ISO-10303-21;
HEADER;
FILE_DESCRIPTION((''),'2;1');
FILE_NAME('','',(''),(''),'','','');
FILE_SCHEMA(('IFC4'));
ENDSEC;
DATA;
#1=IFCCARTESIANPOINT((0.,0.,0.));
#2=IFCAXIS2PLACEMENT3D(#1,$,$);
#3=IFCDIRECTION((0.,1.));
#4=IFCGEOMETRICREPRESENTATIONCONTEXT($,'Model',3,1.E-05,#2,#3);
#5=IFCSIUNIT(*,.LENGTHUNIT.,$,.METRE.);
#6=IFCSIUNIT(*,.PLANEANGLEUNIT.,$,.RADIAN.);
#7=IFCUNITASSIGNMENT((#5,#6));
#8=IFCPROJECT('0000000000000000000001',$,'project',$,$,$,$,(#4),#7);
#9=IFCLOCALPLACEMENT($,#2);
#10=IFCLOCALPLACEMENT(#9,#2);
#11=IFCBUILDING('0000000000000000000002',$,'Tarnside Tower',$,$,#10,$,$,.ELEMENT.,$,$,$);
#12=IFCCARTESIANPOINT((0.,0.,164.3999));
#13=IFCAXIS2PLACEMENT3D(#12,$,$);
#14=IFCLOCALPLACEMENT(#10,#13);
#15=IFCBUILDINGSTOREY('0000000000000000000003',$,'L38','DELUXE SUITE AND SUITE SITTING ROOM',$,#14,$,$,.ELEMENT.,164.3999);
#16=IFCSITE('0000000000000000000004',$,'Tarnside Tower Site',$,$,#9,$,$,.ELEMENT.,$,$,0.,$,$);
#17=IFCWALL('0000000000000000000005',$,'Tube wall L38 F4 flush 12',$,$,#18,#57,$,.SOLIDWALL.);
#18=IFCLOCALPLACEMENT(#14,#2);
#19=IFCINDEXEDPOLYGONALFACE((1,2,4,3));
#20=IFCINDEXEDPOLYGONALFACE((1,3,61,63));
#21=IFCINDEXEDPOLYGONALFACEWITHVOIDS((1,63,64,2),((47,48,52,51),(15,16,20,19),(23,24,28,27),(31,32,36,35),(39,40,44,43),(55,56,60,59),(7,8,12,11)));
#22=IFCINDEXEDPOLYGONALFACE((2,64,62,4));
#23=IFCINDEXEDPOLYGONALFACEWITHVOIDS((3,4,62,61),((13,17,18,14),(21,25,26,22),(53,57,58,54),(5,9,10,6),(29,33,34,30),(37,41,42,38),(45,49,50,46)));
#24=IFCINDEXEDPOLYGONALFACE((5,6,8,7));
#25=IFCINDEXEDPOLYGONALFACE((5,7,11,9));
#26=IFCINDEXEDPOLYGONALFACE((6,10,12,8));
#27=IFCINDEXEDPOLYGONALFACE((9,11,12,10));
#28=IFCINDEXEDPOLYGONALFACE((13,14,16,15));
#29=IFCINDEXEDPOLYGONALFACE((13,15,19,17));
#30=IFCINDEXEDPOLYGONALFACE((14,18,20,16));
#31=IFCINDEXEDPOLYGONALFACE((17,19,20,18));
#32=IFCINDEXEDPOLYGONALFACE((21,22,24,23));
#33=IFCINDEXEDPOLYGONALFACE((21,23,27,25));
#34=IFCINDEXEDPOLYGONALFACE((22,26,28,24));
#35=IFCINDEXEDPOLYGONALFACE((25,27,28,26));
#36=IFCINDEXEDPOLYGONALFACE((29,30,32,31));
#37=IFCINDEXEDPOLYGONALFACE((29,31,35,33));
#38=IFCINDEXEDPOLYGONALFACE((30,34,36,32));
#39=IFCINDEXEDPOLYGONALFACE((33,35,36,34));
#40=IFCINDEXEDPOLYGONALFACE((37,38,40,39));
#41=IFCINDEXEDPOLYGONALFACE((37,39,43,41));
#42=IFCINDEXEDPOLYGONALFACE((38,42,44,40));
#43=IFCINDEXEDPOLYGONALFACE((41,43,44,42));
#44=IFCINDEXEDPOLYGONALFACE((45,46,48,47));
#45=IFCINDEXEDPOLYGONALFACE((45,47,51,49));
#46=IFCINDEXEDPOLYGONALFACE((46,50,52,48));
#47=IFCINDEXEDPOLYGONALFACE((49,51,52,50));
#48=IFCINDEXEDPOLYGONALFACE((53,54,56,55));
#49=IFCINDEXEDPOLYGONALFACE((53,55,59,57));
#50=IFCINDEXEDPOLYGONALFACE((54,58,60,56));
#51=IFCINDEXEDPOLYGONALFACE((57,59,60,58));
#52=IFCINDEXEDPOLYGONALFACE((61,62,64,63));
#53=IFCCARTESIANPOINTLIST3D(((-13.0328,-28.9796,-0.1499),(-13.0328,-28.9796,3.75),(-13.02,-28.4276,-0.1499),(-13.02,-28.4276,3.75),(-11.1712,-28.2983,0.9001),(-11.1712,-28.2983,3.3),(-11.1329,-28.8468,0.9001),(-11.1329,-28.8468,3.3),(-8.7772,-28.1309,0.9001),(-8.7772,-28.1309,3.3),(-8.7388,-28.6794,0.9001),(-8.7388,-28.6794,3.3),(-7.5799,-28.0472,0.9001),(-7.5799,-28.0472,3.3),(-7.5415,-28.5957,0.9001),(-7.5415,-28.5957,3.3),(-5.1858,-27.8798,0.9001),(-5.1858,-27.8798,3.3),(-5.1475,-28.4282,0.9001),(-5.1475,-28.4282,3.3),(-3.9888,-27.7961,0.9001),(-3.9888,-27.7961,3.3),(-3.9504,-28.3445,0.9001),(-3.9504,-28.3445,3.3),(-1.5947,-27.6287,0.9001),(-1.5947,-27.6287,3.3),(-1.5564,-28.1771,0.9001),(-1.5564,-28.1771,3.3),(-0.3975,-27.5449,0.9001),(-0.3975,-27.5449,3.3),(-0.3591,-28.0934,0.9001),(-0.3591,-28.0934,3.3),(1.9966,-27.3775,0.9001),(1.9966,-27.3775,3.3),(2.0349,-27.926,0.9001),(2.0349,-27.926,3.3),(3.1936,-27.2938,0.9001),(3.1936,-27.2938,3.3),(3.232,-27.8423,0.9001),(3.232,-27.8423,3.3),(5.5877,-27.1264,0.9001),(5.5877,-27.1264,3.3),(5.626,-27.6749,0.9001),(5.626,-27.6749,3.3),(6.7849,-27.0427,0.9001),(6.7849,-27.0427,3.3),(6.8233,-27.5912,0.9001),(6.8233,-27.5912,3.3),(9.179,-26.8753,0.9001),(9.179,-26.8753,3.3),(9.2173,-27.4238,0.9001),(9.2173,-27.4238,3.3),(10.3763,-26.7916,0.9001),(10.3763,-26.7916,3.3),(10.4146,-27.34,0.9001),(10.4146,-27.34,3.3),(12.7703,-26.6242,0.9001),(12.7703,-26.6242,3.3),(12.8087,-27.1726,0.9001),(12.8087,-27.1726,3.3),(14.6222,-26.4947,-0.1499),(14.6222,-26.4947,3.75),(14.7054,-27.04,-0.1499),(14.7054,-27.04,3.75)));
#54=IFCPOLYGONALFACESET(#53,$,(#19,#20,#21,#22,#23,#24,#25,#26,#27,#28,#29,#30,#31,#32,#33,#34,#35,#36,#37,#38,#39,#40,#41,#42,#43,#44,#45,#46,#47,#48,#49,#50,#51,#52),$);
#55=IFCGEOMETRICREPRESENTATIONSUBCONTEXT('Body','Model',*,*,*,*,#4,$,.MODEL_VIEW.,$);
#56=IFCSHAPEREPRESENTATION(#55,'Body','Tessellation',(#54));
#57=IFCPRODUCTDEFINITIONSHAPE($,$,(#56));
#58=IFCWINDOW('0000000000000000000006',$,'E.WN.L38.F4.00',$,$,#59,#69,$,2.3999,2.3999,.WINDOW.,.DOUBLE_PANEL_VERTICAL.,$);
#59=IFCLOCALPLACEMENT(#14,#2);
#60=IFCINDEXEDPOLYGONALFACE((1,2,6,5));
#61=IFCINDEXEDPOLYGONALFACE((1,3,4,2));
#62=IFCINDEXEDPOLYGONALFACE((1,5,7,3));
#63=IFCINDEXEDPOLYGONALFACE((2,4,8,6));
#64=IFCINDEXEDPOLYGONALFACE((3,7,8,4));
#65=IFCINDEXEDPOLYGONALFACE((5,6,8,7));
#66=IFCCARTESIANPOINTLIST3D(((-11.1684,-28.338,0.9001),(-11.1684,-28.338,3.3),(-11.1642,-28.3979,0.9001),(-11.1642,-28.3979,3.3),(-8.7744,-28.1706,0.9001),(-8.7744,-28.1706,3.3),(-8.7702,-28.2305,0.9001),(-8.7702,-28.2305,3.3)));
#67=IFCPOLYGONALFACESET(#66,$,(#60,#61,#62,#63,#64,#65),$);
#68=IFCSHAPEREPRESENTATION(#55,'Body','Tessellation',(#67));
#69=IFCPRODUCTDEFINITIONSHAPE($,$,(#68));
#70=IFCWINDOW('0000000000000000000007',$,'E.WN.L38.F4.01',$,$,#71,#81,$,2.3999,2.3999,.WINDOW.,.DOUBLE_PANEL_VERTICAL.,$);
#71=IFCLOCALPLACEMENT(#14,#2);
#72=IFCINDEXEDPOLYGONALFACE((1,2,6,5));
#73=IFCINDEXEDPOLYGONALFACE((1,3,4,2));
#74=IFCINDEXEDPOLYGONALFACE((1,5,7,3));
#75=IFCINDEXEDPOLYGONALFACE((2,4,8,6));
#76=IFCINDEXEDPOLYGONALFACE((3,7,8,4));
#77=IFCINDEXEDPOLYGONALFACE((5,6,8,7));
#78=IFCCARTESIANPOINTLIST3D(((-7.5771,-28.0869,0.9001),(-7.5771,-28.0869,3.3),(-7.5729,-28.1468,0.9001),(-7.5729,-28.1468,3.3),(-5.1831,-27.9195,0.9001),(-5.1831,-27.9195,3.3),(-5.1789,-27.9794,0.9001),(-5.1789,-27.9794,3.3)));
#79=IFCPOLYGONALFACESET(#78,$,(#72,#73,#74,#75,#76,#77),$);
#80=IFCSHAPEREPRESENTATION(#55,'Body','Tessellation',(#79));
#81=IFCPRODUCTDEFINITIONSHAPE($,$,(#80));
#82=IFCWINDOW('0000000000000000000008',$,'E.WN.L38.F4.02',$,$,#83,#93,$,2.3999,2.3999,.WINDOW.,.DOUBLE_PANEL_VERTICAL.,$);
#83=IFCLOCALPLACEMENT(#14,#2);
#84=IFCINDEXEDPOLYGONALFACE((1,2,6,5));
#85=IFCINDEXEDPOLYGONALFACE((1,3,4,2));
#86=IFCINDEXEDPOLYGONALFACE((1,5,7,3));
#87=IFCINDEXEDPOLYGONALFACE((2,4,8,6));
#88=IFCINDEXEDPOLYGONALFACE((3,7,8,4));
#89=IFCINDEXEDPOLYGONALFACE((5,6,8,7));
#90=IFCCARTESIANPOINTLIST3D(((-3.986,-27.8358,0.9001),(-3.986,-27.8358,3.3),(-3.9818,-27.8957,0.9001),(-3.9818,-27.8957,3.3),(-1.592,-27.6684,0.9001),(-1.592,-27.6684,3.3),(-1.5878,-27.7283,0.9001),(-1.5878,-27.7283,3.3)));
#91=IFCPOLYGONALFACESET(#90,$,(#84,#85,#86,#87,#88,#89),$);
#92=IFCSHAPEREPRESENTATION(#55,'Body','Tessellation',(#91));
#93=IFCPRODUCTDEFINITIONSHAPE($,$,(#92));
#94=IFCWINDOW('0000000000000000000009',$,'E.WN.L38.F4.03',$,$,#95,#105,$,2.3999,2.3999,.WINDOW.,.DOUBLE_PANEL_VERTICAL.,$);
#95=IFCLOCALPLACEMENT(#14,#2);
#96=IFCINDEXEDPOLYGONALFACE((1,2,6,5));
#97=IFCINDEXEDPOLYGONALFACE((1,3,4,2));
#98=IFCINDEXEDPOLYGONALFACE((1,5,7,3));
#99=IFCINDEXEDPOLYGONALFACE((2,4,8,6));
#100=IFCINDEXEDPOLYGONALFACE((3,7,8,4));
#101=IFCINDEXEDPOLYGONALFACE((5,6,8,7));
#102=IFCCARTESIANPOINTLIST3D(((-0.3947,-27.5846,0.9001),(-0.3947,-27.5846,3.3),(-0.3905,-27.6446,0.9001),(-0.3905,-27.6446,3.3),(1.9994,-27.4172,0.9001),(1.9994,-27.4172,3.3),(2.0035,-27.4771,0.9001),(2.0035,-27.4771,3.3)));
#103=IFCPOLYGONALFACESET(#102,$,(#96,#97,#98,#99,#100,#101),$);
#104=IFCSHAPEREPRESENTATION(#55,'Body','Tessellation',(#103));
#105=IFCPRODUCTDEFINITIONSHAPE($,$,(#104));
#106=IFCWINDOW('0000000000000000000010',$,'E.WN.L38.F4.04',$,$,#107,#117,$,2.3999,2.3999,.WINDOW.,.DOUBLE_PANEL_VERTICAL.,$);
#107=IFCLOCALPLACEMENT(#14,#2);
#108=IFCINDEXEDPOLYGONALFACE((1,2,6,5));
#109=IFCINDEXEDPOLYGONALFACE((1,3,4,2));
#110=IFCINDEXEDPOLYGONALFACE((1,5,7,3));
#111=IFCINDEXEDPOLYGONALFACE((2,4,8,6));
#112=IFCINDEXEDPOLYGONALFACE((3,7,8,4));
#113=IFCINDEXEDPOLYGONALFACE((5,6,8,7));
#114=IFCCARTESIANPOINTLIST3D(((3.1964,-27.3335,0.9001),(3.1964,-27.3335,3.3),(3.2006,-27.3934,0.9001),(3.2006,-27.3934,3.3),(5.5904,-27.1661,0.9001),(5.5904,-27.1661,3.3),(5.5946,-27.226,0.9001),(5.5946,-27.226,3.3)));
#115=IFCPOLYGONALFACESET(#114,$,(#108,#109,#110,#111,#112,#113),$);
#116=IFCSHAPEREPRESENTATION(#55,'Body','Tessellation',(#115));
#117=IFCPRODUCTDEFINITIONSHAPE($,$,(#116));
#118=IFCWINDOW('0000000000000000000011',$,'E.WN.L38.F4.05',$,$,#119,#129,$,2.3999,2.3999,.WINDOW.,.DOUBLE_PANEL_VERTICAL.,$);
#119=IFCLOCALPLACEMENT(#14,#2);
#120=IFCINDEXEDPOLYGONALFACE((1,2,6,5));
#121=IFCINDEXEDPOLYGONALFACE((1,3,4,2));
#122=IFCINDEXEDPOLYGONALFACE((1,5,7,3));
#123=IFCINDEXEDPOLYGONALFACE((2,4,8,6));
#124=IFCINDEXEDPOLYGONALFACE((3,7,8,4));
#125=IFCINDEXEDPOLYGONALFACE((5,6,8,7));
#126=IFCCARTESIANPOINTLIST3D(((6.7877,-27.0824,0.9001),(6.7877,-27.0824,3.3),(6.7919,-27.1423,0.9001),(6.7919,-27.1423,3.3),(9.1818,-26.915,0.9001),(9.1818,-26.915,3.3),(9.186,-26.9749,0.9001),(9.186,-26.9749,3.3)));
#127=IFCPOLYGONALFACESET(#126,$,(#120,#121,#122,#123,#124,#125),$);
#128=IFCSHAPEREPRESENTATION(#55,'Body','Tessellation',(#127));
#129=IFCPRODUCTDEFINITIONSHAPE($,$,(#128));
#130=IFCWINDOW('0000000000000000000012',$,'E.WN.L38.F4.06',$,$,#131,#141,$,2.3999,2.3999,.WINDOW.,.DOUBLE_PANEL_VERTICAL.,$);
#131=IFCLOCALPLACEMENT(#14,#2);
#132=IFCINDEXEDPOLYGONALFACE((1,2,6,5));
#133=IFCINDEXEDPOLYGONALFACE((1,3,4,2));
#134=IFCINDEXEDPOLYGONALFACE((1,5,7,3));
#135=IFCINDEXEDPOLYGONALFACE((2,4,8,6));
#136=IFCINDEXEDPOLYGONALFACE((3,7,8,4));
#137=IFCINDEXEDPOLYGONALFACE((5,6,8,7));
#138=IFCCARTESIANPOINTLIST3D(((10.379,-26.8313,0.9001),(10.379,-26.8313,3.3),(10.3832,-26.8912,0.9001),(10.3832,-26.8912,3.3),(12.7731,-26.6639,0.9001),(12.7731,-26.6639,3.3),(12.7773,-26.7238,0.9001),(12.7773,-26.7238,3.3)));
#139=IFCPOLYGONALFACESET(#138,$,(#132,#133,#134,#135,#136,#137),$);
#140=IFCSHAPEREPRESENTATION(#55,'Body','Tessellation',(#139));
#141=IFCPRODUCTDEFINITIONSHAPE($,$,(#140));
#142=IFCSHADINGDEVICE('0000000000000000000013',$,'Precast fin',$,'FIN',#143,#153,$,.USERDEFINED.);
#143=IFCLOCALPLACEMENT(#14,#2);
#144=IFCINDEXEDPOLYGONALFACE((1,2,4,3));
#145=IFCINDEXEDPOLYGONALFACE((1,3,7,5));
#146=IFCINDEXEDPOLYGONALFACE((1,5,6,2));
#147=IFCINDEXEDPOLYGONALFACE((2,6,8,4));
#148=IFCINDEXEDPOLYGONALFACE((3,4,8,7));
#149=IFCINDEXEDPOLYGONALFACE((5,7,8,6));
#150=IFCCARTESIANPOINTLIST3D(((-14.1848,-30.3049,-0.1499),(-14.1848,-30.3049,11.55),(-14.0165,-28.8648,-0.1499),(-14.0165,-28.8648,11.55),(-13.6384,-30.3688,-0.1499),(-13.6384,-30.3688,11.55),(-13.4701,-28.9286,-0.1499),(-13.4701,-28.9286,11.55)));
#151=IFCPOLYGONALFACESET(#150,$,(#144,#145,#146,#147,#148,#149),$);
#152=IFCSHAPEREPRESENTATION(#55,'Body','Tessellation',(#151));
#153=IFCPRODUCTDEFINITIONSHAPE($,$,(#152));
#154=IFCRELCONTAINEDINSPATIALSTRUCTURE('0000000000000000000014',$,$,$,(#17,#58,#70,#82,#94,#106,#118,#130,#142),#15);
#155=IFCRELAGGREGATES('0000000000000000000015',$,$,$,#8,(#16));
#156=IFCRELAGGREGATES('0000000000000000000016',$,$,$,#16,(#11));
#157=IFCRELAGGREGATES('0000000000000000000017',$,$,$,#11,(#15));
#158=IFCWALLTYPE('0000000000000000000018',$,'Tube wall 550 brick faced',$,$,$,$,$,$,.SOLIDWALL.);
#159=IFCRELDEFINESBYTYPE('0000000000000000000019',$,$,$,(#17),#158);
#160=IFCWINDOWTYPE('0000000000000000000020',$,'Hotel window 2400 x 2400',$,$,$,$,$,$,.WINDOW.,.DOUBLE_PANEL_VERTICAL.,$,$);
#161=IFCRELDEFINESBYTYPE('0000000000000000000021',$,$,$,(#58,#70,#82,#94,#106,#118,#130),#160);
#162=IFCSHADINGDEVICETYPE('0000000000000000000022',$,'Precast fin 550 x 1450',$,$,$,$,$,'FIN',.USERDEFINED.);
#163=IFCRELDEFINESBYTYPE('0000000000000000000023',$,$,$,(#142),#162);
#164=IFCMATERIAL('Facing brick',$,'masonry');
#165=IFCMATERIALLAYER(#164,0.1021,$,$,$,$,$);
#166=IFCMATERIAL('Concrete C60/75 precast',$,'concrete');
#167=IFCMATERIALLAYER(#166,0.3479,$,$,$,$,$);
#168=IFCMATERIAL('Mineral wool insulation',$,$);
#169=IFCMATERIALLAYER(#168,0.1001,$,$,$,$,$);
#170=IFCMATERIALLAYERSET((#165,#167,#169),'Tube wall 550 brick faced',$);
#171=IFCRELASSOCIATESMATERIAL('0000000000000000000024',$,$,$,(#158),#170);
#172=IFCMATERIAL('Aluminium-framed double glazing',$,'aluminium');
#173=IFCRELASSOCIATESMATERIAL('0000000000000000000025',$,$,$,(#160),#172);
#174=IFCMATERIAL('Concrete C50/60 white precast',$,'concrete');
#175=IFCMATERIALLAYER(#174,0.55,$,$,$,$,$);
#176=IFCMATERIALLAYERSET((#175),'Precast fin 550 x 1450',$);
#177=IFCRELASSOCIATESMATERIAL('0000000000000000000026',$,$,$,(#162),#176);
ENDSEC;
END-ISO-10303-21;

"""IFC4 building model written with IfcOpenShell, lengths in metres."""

from ifc_helpers import new_model, si_unit, direction, frame, frame_2d, origin, place, context, subcontext, project, spatial, polyline, rectangle, outline, extrude, material, layer, layer_set, type_object, element, fill, save


model = new_model("IFC4")

# Units and contexts
model_context = context("Model", 3, precision=1e-05, world=origin(), true_north=direction((0.0, 1.0)))
body_context = subcontext(model_context, "Body", "Model", "MODEL_VIEW")
ifc_project = project(units=[si_unit("LENGTHUNIT", "METRE"), si_unit("PLANEANGLEUNIT", "RADIAN")], contexts=[model_context])

# Site, building, storey
site_placement = place(None, origin())
site = spatial("IfcSite", under=ifc_project, at=site_placement, Name="Tarnside Tower Site", CompositionType="ELEMENT", RefElevation=0.0)
building_placement = place(site_placement, origin())
building = spatial("IfcBuilding", under=site, at=building_placement, Name="Tarnside Tower", CompositionType="ELEMENT")
storey_placement = place(building_placement, frame((0.0, 0.0, 164.3999)))
storey = spatial("IfcBuildingStorey", under=building, at=storey_placement, Name="L38", Description="DELUXE SUITE AND SUITE SITTING ROOM", CompositionType="ELEMENT", Elevation=164.3999)

# Shared definitions
ifc_material_1 = material(Name="Facing brick", Category="masonry")
ifc_layer_1 = layer(ifc_material_1, 0.1021)
ifc_material_2 = material(Name="Concrete C60/75 precast", Category="concrete")
ifc_layer_2 = layer(ifc_material_2, 0.3479)
ifc_material_3 = material(Name="Mineral wool insulation")
ifc_layer_3 = layer(ifc_material_3, 0.1001)
ifc_layer_set_1 = layer_set([ifc_layer_1, ifc_layer_2, ifc_layer_3], Name="Tube wall 550 brick faced")
wall_type_1 = type_object("IfcWallType", Name="Tube wall 550 brick faced", PredefinedType="SOLIDWALL", material=ifc_layer_set_1)

# Wall, openings, windows
wall_1_placement = place(storey_placement, frame((-13.0264, -28.7036, -0.1499), z_axis=(0.0, 0.0, 1.0), x_axis=(0.997564, 0.069756, 0.0)))
wall_1 = element("IfcWall", 1, at=wall_1_placement, inside=storey, type_object=wall_type_1, Name="Tube wall L38 F4 flush 12", PredefinedType="SOLIDWALL", context=body_context, shape_type="SweptSolid", body=[
    extrude(outline(polyline([(-0.0256, -0.2749), (27.7803, -0.2749), (27.7354, 0.2749), (0.0256, 0.2749), (-0.0256, -0.2749)])), origin(), (0.0, 0.0, 1.0), 3.8999),
])
opening_1_placement = place(wall_1_placement, frame((1.8789, 0.0, 1.05)))
opening_1 = element("IfcOpeningElement", 2, at=opening_1_placement, cuts=wall_1, PredefinedType="OPENING", context=body_context, shape_type="SweptSolid", body=[
    extrude(rectangle(XDim=2.3999, YDim=2.3999, at=frame_2d((1.2, 1.2))), frame((0.0, 0.2852, 0.0), z_axis=(0.0, -1.0, 0.0), x_axis=(1.0, 0.0, 0.0)), (0.0, 0.0, 1.0), 0.5701),
])
opening_2_placement = place(wall_1_placement, frame((5.479, 0.0, 1.05)))
opening_2 = element("IfcOpeningElement", 3, at=opening_2_placement, cuts=wall_1, PredefinedType="OPENING", context=body_context, shape_type="SweptSolid", body=[
    extrude(rectangle(XDim=2.3999, YDim=2.3999, at=frame_2d((1.2, 1.2))), frame((0.0, 0.2852, 0.0), z_axis=(0.0, -1.0, 0.0), x_axis=(1.0, 0.0, 0.0)), (0.0, 0.0, 1.0), 0.5701),
])
opening_3_placement = place(wall_1_placement, frame((9.0789, 0.0, 1.05)))
opening_3 = element("IfcOpeningElement", 4, at=opening_3_placement, cuts=wall_1, PredefinedType="OPENING", context=body_context, shape_type="SweptSolid", body=[
    extrude(rectangle(XDim=2.3999, YDim=2.3999, at=frame_2d((1.2, 1.2))), frame((0.0, 0.2852, 0.0), z_axis=(0.0, -1.0, 0.0), x_axis=(1.0, 0.0, 0.0)), (0.0, 0.0, 1.0), 0.5701),
])
opening_4_placement = place(wall_1_placement, frame((12.679, 0.0, 1.05)))
opening_4 = element("IfcOpeningElement", 5, at=opening_4_placement, cuts=wall_1, PredefinedType="OPENING", context=body_context, shape_type="SweptSolid", body=[
    extrude(rectangle(XDim=2.3999, YDim=2.3999, at=frame_2d((1.2, 1.2))), frame((0.0, 0.2852, 0.0), z_axis=(0.0, -1.0, 0.0), x_axis=(1.0, 0.0, 0.0)), (0.0, 0.0, 1.0), 0.5701),
])
opening_5_placement = place(wall_1_placement, frame((16.2788, 0.0, 1.05)))
opening_5 = element("IfcOpeningElement", 6, at=opening_5_placement, cuts=wall_1, PredefinedType="OPENING", context=body_context, shape_type="SweptSolid", body=[
    extrude(rectangle(XDim=2.3999, YDim=2.3999, at=frame_2d((1.2, 1.2))), frame((0.0, 0.2852, 0.0), z_axis=(0.0, -1.0, 0.0), x_axis=(1.0, 0.0, 0.0)), (0.0, 0.0, 1.0), 0.5701),
])
opening_6_placement = place(wall_1_placement, frame((19.8789, 0.0, 1.05)))
opening_6 = element("IfcOpeningElement", 7, at=opening_6_placement, cuts=wall_1, PredefinedType="OPENING", context=body_context, shape_type="SweptSolid", body=[
    extrude(rectangle(XDim=2.3999, YDim=2.3999, at=frame_2d((1.2, 1.2))), frame((0.0, 0.2852, 0.0), z_axis=(0.0, -1.0, 0.0), x_axis=(1.0, 0.0, 0.0)), (0.0, 0.0, 1.0), 0.5701),
])
opening_7_placement = place(wall_1_placement, frame((23.479, 0.0, 1.05)))
opening_7 = element("IfcOpeningElement", 8, at=opening_7_placement, cuts=wall_1, PredefinedType="OPENING", context=body_context, shape_type="SweptSolid", body=[
    extrude(rectangle(XDim=2.3999, YDim=2.3999, at=frame_2d((1.2, 1.2))), frame((0.0, 0.2852, 0.0), z_axis=(0.0, -1.0, 0.0), x_axis=(1.0, 0.0, 0.0)), (0.0, 0.0, 1.0), 0.5701),
])
ifc_material_4 = material(Name="Aluminium-framed double glazing", Category="aluminium")
window_type = type_object("IfcWindowType", Name="Hotel window 2400 x 2400", PartitioningType="DOUBLE_PANEL_VERTICAL", PredefinedType="WINDOW", material=ifc_material_4)
window_1_placement = place(opening_1_placement, frame((0.0, 0.2051, 0.0)))
window_1 = element("IfcWindow", 9, at=window_1_placement, inside=storey, type_object=window_type, Name="E.WN.L38.F4.00", OverallHeight=2.3999, OverallWidth=2.3999, PartitioningType="DOUBLE_PANEL_VERTICAL", PredefinedType="WINDOW", context=body_context, shape_type="SweptSolid", body=[
    extrude(rectangle(XDim=2.3999, YDim=2.3999, at=frame_2d((1.2, 1.2))), frame((0.0, 0.03, 0.0), z_axis=(0.0, -1.0, 0.0), x_axis=(1.0, 0.0, 0.0)), (0.0, 0.0, 1.0), 0.0601),
])
fill(opening_1, window_1)
window_2_placement = place(opening_2_placement, frame((0.0, 0.2051, 0.0)))
window_2 = element("IfcWindow", 10, at=window_2_placement, inside=storey, type_object=window_type, Name="E.WN.L38.F4.01", OverallHeight=2.3999, OverallWidth=2.3999, PartitioningType="DOUBLE_PANEL_VERTICAL", PredefinedType="WINDOW", context=body_context, shape_type="SweptSolid", body=[
    extrude(rectangle(XDim=2.3999, YDim=2.3999, at=frame_2d((1.2, 1.2))), frame((0.0, 0.03, 0.0), z_axis=(0.0, -1.0, 0.0), x_axis=(1.0, 0.0, 0.0)), (0.0, 0.0, 1.0), 0.0601),
])
fill(opening_2, window_2)
window_3_placement = place(opening_3_placement, frame((0.0, 0.2051, 0.0)))
window_3 = element("IfcWindow", 11, at=window_3_placement, inside=storey, type_object=window_type, Name="E.WN.L38.F4.02", OverallHeight=2.3999, OverallWidth=2.3999, PartitioningType="DOUBLE_PANEL_VERTICAL", PredefinedType="WINDOW", context=body_context, shape_type="SweptSolid", body=[
    extrude(rectangle(XDim=2.3999, YDim=2.3999, at=frame_2d((1.2, 1.2))), frame((0.0, 0.03, 0.0), z_axis=(0.0, -1.0, 0.0), x_axis=(1.0, 0.0, 0.0)), (0.0, 0.0, 1.0), 0.0601),
])
fill(opening_3, window_3)
window_4_placement = place(opening_4_placement, frame((0.0, 0.2051, 0.0)))
window_4 = element("IfcWindow", 12, at=window_4_placement, inside=storey, type_object=window_type, Name="E.WN.L38.F4.03", OverallHeight=2.3999, OverallWidth=2.3999, PartitioningType="DOUBLE_PANEL_VERTICAL", PredefinedType="WINDOW", context=body_context, shape_type="SweptSolid", body=[
    extrude(rectangle(XDim=2.3999, YDim=2.3999, at=frame_2d((1.2, 1.2))), frame((0.0, 0.03, 0.0), z_axis=(0.0, -1.0, 0.0), x_axis=(1.0, 0.0, 0.0)), (0.0, 0.0, 1.0), 0.0601),
])
fill(opening_4, window_4)
window_5_placement = place(opening_5_placement, frame((0.0, 0.2051, 0.0)))
window_5 = element("IfcWindow", 13, at=window_5_placement, inside=storey, type_object=window_type, Name="E.WN.L38.F4.04", OverallHeight=2.3999, OverallWidth=2.3999, PartitioningType="DOUBLE_PANEL_VERTICAL", PredefinedType="WINDOW", context=body_context, shape_type="SweptSolid", body=[
    extrude(rectangle(XDim=2.3999, YDim=2.3999, at=frame_2d((1.2, 1.2))), frame((0.0, 0.03, 0.0), z_axis=(0.0, -1.0, 0.0), x_axis=(1.0, 0.0, 0.0)), (0.0, 0.0, 1.0), 0.0601),
])
fill(opening_5, window_5)
window_6_placement = place(opening_6_placement, frame((0.0, 0.2051, 0.0)))
window_6 = element("IfcWindow", 14, at=window_6_placement, inside=storey, type_object=window_type, Name="E.WN.L38.F4.05", OverallHeight=2.3999, OverallWidth=2.3999, PartitioningType="DOUBLE_PANEL_VERTICAL", PredefinedType="WINDOW", context=body_context, shape_type="SweptSolid", body=[
    extrude(rectangle(XDim=2.3999, YDim=2.3999, at=frame_2d((1.2, 1.2))), frame((0.0, 0.03, 0.0), z_axis=(0.0, -1.0, 0.0), x_axis=(1.0, 0.0, 0.0)), (0.0, 0.0, 1.0), 0.0601),
])
fill(opening_6, window_6)
window_7_placement = place(opening_7_placement, frame((0.0, 0.2051, 0.0)))
window_7 = element("IfcWindow", 15, at=window_7_placement, inside=storey, type_object=window_type, Name="E.WN.L38.F4.06", OverallHeight=2.3999, OverallWidth=2.3999, PartitioningType="DOUBLE_PANEL_VERTICAL", PredefinedType="WINDOW", context=body_context, shape_type="SweptSolid", body=[
    extrude(rectangle(XDim=2.3999, YDim=2.3999, at=frame_2d((1.2, 1.2))), frame((0.0, 0.03, 0.0), z_axis=(0.0, -1.0, 0.0), x_axis=(1.0, 0.0, 0.0)), (0.0, 0.0, 1.0), 0.0601),
])
fill(opening_7, window_7)

# Shading device
ifc_material_5 = material(Name="Concrete C50/60 white precast", Category="concrete")
ifc_layer_4 = layer(ifc_material_5, 0.55)
ifc_layer_set_2 = layer_set([ifc_layer_4], Name="Precast fin 550 x 1450")
shading_device_type_1 = type_object("IfcShadingDeviceType", Name="Precast fin 550 x 1450", ElementType="FIN", PredefinedType="USERDEFINED", material=ifc_layer_set_2)
shading_device_placement = place(storey_placement, frame((-13.7432, -28.8967, -0.1499), z_axis=(-0.993238, 0.116093, 0.0), x_axis=(-0.116093, -0.993238, 0.0)))
element("IfcShadingDevice", 16, at=shading_device_placement, inside=storey, type_object=shading_device_type_1, Name="Precast fin", ObjectType="FIN", PredefinedType="USERDEFINED", context=body_context, shape_type="SweptSolid", body=[
    extrude(outline(polyline([(0.0, 0.0), (1.45, 0.0), (1.45, 11.7), (0.0, 11.7), (0.0, 0.0)])), frame((0.0, 0.0, -0.2749)), (0.0, 0.0, 1.0), 0.55),
])

save(model, "model.ifc")
